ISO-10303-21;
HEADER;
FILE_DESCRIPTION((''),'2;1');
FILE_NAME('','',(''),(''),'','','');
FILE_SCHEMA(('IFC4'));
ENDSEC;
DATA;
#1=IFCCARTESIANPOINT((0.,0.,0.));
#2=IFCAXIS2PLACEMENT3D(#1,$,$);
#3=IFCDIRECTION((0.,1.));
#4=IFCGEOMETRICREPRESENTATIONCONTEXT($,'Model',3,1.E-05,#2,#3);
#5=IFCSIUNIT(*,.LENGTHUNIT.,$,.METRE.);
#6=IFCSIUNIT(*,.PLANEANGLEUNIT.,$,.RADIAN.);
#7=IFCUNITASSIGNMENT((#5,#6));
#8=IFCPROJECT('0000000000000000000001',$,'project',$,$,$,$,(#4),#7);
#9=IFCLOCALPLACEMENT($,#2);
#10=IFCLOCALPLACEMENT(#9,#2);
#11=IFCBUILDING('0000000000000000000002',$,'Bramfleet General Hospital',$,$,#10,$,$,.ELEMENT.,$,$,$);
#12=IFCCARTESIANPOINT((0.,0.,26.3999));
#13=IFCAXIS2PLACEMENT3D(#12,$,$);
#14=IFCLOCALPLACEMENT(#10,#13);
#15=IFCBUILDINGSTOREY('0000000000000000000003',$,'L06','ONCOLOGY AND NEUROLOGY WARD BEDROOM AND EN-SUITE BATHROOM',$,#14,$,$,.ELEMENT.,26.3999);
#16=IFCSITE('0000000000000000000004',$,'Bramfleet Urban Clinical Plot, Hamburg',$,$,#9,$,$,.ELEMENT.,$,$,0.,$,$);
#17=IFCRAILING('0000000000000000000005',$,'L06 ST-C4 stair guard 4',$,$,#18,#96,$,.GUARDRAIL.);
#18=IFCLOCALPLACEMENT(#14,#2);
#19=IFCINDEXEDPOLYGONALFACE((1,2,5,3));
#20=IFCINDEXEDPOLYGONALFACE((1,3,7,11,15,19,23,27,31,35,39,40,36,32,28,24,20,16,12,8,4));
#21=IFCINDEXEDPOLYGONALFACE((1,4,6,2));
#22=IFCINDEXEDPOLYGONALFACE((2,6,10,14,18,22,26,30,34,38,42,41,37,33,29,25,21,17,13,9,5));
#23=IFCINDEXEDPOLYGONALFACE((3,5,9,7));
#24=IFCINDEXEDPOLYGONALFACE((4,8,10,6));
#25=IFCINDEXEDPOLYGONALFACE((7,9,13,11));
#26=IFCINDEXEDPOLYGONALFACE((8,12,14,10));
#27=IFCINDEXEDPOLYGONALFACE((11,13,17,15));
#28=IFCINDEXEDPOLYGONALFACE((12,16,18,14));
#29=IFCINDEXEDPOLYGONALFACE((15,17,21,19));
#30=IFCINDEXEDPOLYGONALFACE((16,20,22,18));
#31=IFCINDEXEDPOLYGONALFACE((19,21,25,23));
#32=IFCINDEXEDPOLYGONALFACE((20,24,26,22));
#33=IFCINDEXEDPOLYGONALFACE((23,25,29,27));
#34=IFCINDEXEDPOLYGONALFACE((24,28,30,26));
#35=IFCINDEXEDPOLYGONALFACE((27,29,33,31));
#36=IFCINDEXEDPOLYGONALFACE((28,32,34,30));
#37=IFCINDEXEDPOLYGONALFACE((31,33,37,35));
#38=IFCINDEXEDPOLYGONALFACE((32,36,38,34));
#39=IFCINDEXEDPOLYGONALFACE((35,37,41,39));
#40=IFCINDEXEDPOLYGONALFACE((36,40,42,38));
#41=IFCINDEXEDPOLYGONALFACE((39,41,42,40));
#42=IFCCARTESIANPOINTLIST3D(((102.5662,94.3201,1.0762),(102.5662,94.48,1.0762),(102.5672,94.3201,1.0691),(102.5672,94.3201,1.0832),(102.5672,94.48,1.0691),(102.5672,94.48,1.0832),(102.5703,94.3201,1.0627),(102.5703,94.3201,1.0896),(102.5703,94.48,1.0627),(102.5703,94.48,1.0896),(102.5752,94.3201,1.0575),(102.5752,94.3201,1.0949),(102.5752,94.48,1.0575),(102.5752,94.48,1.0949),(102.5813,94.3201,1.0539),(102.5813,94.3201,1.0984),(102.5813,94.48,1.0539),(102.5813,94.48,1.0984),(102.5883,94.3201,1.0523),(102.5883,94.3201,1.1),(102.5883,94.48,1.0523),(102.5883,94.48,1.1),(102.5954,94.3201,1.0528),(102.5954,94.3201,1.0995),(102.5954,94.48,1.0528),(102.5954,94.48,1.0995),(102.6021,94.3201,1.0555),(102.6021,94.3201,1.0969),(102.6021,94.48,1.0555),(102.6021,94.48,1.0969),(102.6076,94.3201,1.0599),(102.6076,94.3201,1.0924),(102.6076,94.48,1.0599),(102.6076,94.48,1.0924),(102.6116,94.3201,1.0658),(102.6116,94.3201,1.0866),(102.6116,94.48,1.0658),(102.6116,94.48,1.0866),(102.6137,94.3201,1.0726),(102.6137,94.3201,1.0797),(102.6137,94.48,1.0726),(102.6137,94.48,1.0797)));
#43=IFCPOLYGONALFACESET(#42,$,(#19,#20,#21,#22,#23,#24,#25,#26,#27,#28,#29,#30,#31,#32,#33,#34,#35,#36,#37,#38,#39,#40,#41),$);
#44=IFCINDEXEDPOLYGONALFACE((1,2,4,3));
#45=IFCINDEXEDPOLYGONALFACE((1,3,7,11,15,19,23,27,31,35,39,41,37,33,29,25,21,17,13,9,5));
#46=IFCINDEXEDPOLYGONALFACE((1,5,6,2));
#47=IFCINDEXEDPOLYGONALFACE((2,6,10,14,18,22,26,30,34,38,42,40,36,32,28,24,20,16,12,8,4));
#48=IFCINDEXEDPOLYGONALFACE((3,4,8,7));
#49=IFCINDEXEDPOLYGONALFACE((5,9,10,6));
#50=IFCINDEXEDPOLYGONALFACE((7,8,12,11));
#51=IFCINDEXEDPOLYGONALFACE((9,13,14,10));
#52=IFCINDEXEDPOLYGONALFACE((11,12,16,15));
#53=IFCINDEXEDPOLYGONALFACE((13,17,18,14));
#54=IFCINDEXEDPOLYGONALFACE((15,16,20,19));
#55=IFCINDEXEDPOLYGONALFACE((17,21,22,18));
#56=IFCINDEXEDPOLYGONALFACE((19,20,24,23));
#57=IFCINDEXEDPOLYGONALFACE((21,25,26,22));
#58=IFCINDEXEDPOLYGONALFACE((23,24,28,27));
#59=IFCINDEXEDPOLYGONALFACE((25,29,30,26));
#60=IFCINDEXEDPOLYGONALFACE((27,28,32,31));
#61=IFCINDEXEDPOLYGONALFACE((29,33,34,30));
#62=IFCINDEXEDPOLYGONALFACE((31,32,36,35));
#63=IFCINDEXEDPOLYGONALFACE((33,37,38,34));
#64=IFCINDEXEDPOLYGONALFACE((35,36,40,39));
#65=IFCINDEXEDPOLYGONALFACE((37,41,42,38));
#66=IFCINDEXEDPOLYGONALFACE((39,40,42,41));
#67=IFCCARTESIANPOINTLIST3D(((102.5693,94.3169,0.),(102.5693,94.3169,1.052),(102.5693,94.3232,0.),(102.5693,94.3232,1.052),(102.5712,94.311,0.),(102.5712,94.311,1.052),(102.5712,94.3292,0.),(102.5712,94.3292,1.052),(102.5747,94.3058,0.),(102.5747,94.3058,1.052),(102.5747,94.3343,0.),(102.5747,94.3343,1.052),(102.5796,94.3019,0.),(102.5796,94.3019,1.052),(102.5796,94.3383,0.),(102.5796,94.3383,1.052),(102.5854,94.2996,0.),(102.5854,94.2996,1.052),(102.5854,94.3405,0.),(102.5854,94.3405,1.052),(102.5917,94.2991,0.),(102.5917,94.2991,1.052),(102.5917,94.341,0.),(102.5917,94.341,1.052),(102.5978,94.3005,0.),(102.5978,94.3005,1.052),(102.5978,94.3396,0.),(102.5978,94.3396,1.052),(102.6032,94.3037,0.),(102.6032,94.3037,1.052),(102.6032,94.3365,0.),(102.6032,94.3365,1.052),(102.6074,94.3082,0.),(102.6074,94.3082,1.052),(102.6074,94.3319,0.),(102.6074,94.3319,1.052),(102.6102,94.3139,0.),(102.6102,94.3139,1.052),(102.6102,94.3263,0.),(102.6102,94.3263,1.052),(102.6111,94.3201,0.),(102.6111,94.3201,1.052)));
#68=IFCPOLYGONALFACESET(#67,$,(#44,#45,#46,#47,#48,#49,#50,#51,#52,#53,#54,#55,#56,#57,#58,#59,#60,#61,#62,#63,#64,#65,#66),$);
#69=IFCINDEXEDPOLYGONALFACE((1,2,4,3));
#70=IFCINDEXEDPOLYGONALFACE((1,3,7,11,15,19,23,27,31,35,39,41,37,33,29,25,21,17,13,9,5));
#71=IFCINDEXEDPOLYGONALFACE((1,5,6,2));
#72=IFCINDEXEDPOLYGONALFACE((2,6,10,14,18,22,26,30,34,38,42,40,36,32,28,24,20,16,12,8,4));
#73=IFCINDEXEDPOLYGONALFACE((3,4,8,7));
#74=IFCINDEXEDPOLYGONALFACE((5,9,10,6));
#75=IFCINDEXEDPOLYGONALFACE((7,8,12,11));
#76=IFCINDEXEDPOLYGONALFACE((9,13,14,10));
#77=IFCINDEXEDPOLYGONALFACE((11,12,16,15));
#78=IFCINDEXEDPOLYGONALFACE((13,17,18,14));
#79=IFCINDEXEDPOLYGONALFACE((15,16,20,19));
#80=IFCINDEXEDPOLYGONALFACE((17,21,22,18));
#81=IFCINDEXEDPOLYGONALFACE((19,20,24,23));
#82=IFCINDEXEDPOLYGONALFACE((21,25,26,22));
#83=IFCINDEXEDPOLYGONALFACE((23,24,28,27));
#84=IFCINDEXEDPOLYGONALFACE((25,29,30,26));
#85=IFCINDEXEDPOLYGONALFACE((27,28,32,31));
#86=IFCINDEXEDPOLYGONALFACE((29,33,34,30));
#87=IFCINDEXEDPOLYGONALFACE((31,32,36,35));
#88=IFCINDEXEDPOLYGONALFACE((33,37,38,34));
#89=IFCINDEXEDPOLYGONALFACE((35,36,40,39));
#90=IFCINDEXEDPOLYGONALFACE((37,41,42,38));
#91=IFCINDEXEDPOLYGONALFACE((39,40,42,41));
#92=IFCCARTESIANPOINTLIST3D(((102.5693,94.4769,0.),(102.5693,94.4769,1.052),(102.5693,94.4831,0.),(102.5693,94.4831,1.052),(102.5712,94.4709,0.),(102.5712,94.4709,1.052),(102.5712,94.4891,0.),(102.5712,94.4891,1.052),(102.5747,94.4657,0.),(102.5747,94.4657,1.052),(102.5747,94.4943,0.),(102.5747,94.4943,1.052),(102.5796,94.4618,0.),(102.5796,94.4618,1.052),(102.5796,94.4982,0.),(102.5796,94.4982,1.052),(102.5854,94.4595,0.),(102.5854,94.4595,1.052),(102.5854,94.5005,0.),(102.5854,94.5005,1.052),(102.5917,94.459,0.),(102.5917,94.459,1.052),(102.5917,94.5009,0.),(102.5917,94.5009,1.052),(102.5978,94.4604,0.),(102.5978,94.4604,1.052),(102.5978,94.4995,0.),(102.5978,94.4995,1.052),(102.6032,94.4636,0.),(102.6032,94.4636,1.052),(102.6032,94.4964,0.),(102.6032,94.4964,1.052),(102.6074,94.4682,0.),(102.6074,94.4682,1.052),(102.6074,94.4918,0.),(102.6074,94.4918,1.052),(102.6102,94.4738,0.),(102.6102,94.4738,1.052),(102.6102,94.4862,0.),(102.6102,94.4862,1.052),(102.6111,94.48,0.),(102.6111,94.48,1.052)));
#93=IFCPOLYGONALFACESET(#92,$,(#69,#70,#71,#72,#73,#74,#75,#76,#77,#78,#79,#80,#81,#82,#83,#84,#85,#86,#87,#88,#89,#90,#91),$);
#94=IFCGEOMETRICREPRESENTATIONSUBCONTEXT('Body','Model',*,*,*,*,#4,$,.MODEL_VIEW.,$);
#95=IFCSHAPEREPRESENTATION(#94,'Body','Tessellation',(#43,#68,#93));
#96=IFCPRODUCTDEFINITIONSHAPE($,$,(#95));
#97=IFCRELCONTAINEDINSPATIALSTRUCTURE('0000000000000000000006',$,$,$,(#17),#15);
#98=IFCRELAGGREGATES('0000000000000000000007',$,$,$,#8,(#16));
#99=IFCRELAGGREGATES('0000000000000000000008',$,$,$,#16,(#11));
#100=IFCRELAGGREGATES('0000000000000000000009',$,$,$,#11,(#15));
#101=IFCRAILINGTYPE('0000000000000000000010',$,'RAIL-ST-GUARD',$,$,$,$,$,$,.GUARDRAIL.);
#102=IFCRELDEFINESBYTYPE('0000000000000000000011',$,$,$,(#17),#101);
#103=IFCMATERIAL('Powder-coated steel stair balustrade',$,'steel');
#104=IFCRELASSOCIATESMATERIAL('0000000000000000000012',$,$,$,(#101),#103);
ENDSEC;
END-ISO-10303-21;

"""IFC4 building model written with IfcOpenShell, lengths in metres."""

from ifc_helpers import new_model, si_unit, direction, frame, origin, origin_2d, place, context, subcontext, project, spatial, circle, extrude, material, type_object, element, save


model = new_model("IFC4")

# Units and contexts
model_context = context("Model", 3, precision=1e-05, world=origin(), true_north=direction((0.0, 1.0)))
body_context = subcontext(model_context, "Body", "Model", "MODEL_VIEW")
ifc_project = project(units=[si_unit("LENGTHUNIT", "METRE"), si_unit("PLANEANGLEUNIT", "RADIAN")], contexts=[model_context])

# Site, building, storey
site_placement = place(None, origin())
site = spatial("IfcSite", under=ifc_project, at=site_placement, Name="Bramfleet Urban Clinical Plot, Hamburg", CompositionType="ELEMENT", RefElevation=0.0)
building_placement = place(site_placement, origin())
building = spatial("IfcBuilding", under=site, at=building_placement, Name="Bramfleet General Hospital", CompositionType="ELEMENT")
storey_placement = place(building_placement, frame((0.0, 0.0, 26.3999)))
storey = spatial("IfcBuildingStorey", under=building, at=storey_placement, Name="L06", Description="ONCOLOGY AND NEUROLOGY WARD BEDROOM AND EN-SUITE BATHROOM", CompositionType="ELEMENT", Elevation=26.3999)

# Railing
ifc_material_1 = material(Name="Powder-coated steel stair balustrade", Category="steel")
railing_type_1 = type_object("IfcRailingType", Name="RAIL-ST-GUARD", PredefinedType="GUARDRAIL", material=ifc_material_1)
railing_1_placement = place(storey_placement, frame((102.5901, 94.3201, 0.0)))
element("IfcRailing", 1, at=railing_1_placement, inside=storey, type_object=railing_type_1, Name="L06 ST-C4 stair guard 4", PredefinedType="GUARDRAIL", context=body_context, shape_type="SweptSolid", body=[
    extrude(circle(Radius=0.0239, at=origin_2d()), frame((0.0, 0.0, 1.0762), z_axis=(0.0, 1.0, 0.0), x_axis=(-1.0, 0.0, 0.0)), (0.0, 0.0, 1.0), 0.1599),
    extrude(circle(Radius=0.021, at=origin_2d()), origin(), (0.0, 0.0, 1.0), 1.052),
    extrude(circle(Radius=0.021, at=origin_2d()), frame((0.0, 0.1599, 0.0)), (0.0, 0.0, 1.0), 1.052),
])

save(model, "model.ifc")
